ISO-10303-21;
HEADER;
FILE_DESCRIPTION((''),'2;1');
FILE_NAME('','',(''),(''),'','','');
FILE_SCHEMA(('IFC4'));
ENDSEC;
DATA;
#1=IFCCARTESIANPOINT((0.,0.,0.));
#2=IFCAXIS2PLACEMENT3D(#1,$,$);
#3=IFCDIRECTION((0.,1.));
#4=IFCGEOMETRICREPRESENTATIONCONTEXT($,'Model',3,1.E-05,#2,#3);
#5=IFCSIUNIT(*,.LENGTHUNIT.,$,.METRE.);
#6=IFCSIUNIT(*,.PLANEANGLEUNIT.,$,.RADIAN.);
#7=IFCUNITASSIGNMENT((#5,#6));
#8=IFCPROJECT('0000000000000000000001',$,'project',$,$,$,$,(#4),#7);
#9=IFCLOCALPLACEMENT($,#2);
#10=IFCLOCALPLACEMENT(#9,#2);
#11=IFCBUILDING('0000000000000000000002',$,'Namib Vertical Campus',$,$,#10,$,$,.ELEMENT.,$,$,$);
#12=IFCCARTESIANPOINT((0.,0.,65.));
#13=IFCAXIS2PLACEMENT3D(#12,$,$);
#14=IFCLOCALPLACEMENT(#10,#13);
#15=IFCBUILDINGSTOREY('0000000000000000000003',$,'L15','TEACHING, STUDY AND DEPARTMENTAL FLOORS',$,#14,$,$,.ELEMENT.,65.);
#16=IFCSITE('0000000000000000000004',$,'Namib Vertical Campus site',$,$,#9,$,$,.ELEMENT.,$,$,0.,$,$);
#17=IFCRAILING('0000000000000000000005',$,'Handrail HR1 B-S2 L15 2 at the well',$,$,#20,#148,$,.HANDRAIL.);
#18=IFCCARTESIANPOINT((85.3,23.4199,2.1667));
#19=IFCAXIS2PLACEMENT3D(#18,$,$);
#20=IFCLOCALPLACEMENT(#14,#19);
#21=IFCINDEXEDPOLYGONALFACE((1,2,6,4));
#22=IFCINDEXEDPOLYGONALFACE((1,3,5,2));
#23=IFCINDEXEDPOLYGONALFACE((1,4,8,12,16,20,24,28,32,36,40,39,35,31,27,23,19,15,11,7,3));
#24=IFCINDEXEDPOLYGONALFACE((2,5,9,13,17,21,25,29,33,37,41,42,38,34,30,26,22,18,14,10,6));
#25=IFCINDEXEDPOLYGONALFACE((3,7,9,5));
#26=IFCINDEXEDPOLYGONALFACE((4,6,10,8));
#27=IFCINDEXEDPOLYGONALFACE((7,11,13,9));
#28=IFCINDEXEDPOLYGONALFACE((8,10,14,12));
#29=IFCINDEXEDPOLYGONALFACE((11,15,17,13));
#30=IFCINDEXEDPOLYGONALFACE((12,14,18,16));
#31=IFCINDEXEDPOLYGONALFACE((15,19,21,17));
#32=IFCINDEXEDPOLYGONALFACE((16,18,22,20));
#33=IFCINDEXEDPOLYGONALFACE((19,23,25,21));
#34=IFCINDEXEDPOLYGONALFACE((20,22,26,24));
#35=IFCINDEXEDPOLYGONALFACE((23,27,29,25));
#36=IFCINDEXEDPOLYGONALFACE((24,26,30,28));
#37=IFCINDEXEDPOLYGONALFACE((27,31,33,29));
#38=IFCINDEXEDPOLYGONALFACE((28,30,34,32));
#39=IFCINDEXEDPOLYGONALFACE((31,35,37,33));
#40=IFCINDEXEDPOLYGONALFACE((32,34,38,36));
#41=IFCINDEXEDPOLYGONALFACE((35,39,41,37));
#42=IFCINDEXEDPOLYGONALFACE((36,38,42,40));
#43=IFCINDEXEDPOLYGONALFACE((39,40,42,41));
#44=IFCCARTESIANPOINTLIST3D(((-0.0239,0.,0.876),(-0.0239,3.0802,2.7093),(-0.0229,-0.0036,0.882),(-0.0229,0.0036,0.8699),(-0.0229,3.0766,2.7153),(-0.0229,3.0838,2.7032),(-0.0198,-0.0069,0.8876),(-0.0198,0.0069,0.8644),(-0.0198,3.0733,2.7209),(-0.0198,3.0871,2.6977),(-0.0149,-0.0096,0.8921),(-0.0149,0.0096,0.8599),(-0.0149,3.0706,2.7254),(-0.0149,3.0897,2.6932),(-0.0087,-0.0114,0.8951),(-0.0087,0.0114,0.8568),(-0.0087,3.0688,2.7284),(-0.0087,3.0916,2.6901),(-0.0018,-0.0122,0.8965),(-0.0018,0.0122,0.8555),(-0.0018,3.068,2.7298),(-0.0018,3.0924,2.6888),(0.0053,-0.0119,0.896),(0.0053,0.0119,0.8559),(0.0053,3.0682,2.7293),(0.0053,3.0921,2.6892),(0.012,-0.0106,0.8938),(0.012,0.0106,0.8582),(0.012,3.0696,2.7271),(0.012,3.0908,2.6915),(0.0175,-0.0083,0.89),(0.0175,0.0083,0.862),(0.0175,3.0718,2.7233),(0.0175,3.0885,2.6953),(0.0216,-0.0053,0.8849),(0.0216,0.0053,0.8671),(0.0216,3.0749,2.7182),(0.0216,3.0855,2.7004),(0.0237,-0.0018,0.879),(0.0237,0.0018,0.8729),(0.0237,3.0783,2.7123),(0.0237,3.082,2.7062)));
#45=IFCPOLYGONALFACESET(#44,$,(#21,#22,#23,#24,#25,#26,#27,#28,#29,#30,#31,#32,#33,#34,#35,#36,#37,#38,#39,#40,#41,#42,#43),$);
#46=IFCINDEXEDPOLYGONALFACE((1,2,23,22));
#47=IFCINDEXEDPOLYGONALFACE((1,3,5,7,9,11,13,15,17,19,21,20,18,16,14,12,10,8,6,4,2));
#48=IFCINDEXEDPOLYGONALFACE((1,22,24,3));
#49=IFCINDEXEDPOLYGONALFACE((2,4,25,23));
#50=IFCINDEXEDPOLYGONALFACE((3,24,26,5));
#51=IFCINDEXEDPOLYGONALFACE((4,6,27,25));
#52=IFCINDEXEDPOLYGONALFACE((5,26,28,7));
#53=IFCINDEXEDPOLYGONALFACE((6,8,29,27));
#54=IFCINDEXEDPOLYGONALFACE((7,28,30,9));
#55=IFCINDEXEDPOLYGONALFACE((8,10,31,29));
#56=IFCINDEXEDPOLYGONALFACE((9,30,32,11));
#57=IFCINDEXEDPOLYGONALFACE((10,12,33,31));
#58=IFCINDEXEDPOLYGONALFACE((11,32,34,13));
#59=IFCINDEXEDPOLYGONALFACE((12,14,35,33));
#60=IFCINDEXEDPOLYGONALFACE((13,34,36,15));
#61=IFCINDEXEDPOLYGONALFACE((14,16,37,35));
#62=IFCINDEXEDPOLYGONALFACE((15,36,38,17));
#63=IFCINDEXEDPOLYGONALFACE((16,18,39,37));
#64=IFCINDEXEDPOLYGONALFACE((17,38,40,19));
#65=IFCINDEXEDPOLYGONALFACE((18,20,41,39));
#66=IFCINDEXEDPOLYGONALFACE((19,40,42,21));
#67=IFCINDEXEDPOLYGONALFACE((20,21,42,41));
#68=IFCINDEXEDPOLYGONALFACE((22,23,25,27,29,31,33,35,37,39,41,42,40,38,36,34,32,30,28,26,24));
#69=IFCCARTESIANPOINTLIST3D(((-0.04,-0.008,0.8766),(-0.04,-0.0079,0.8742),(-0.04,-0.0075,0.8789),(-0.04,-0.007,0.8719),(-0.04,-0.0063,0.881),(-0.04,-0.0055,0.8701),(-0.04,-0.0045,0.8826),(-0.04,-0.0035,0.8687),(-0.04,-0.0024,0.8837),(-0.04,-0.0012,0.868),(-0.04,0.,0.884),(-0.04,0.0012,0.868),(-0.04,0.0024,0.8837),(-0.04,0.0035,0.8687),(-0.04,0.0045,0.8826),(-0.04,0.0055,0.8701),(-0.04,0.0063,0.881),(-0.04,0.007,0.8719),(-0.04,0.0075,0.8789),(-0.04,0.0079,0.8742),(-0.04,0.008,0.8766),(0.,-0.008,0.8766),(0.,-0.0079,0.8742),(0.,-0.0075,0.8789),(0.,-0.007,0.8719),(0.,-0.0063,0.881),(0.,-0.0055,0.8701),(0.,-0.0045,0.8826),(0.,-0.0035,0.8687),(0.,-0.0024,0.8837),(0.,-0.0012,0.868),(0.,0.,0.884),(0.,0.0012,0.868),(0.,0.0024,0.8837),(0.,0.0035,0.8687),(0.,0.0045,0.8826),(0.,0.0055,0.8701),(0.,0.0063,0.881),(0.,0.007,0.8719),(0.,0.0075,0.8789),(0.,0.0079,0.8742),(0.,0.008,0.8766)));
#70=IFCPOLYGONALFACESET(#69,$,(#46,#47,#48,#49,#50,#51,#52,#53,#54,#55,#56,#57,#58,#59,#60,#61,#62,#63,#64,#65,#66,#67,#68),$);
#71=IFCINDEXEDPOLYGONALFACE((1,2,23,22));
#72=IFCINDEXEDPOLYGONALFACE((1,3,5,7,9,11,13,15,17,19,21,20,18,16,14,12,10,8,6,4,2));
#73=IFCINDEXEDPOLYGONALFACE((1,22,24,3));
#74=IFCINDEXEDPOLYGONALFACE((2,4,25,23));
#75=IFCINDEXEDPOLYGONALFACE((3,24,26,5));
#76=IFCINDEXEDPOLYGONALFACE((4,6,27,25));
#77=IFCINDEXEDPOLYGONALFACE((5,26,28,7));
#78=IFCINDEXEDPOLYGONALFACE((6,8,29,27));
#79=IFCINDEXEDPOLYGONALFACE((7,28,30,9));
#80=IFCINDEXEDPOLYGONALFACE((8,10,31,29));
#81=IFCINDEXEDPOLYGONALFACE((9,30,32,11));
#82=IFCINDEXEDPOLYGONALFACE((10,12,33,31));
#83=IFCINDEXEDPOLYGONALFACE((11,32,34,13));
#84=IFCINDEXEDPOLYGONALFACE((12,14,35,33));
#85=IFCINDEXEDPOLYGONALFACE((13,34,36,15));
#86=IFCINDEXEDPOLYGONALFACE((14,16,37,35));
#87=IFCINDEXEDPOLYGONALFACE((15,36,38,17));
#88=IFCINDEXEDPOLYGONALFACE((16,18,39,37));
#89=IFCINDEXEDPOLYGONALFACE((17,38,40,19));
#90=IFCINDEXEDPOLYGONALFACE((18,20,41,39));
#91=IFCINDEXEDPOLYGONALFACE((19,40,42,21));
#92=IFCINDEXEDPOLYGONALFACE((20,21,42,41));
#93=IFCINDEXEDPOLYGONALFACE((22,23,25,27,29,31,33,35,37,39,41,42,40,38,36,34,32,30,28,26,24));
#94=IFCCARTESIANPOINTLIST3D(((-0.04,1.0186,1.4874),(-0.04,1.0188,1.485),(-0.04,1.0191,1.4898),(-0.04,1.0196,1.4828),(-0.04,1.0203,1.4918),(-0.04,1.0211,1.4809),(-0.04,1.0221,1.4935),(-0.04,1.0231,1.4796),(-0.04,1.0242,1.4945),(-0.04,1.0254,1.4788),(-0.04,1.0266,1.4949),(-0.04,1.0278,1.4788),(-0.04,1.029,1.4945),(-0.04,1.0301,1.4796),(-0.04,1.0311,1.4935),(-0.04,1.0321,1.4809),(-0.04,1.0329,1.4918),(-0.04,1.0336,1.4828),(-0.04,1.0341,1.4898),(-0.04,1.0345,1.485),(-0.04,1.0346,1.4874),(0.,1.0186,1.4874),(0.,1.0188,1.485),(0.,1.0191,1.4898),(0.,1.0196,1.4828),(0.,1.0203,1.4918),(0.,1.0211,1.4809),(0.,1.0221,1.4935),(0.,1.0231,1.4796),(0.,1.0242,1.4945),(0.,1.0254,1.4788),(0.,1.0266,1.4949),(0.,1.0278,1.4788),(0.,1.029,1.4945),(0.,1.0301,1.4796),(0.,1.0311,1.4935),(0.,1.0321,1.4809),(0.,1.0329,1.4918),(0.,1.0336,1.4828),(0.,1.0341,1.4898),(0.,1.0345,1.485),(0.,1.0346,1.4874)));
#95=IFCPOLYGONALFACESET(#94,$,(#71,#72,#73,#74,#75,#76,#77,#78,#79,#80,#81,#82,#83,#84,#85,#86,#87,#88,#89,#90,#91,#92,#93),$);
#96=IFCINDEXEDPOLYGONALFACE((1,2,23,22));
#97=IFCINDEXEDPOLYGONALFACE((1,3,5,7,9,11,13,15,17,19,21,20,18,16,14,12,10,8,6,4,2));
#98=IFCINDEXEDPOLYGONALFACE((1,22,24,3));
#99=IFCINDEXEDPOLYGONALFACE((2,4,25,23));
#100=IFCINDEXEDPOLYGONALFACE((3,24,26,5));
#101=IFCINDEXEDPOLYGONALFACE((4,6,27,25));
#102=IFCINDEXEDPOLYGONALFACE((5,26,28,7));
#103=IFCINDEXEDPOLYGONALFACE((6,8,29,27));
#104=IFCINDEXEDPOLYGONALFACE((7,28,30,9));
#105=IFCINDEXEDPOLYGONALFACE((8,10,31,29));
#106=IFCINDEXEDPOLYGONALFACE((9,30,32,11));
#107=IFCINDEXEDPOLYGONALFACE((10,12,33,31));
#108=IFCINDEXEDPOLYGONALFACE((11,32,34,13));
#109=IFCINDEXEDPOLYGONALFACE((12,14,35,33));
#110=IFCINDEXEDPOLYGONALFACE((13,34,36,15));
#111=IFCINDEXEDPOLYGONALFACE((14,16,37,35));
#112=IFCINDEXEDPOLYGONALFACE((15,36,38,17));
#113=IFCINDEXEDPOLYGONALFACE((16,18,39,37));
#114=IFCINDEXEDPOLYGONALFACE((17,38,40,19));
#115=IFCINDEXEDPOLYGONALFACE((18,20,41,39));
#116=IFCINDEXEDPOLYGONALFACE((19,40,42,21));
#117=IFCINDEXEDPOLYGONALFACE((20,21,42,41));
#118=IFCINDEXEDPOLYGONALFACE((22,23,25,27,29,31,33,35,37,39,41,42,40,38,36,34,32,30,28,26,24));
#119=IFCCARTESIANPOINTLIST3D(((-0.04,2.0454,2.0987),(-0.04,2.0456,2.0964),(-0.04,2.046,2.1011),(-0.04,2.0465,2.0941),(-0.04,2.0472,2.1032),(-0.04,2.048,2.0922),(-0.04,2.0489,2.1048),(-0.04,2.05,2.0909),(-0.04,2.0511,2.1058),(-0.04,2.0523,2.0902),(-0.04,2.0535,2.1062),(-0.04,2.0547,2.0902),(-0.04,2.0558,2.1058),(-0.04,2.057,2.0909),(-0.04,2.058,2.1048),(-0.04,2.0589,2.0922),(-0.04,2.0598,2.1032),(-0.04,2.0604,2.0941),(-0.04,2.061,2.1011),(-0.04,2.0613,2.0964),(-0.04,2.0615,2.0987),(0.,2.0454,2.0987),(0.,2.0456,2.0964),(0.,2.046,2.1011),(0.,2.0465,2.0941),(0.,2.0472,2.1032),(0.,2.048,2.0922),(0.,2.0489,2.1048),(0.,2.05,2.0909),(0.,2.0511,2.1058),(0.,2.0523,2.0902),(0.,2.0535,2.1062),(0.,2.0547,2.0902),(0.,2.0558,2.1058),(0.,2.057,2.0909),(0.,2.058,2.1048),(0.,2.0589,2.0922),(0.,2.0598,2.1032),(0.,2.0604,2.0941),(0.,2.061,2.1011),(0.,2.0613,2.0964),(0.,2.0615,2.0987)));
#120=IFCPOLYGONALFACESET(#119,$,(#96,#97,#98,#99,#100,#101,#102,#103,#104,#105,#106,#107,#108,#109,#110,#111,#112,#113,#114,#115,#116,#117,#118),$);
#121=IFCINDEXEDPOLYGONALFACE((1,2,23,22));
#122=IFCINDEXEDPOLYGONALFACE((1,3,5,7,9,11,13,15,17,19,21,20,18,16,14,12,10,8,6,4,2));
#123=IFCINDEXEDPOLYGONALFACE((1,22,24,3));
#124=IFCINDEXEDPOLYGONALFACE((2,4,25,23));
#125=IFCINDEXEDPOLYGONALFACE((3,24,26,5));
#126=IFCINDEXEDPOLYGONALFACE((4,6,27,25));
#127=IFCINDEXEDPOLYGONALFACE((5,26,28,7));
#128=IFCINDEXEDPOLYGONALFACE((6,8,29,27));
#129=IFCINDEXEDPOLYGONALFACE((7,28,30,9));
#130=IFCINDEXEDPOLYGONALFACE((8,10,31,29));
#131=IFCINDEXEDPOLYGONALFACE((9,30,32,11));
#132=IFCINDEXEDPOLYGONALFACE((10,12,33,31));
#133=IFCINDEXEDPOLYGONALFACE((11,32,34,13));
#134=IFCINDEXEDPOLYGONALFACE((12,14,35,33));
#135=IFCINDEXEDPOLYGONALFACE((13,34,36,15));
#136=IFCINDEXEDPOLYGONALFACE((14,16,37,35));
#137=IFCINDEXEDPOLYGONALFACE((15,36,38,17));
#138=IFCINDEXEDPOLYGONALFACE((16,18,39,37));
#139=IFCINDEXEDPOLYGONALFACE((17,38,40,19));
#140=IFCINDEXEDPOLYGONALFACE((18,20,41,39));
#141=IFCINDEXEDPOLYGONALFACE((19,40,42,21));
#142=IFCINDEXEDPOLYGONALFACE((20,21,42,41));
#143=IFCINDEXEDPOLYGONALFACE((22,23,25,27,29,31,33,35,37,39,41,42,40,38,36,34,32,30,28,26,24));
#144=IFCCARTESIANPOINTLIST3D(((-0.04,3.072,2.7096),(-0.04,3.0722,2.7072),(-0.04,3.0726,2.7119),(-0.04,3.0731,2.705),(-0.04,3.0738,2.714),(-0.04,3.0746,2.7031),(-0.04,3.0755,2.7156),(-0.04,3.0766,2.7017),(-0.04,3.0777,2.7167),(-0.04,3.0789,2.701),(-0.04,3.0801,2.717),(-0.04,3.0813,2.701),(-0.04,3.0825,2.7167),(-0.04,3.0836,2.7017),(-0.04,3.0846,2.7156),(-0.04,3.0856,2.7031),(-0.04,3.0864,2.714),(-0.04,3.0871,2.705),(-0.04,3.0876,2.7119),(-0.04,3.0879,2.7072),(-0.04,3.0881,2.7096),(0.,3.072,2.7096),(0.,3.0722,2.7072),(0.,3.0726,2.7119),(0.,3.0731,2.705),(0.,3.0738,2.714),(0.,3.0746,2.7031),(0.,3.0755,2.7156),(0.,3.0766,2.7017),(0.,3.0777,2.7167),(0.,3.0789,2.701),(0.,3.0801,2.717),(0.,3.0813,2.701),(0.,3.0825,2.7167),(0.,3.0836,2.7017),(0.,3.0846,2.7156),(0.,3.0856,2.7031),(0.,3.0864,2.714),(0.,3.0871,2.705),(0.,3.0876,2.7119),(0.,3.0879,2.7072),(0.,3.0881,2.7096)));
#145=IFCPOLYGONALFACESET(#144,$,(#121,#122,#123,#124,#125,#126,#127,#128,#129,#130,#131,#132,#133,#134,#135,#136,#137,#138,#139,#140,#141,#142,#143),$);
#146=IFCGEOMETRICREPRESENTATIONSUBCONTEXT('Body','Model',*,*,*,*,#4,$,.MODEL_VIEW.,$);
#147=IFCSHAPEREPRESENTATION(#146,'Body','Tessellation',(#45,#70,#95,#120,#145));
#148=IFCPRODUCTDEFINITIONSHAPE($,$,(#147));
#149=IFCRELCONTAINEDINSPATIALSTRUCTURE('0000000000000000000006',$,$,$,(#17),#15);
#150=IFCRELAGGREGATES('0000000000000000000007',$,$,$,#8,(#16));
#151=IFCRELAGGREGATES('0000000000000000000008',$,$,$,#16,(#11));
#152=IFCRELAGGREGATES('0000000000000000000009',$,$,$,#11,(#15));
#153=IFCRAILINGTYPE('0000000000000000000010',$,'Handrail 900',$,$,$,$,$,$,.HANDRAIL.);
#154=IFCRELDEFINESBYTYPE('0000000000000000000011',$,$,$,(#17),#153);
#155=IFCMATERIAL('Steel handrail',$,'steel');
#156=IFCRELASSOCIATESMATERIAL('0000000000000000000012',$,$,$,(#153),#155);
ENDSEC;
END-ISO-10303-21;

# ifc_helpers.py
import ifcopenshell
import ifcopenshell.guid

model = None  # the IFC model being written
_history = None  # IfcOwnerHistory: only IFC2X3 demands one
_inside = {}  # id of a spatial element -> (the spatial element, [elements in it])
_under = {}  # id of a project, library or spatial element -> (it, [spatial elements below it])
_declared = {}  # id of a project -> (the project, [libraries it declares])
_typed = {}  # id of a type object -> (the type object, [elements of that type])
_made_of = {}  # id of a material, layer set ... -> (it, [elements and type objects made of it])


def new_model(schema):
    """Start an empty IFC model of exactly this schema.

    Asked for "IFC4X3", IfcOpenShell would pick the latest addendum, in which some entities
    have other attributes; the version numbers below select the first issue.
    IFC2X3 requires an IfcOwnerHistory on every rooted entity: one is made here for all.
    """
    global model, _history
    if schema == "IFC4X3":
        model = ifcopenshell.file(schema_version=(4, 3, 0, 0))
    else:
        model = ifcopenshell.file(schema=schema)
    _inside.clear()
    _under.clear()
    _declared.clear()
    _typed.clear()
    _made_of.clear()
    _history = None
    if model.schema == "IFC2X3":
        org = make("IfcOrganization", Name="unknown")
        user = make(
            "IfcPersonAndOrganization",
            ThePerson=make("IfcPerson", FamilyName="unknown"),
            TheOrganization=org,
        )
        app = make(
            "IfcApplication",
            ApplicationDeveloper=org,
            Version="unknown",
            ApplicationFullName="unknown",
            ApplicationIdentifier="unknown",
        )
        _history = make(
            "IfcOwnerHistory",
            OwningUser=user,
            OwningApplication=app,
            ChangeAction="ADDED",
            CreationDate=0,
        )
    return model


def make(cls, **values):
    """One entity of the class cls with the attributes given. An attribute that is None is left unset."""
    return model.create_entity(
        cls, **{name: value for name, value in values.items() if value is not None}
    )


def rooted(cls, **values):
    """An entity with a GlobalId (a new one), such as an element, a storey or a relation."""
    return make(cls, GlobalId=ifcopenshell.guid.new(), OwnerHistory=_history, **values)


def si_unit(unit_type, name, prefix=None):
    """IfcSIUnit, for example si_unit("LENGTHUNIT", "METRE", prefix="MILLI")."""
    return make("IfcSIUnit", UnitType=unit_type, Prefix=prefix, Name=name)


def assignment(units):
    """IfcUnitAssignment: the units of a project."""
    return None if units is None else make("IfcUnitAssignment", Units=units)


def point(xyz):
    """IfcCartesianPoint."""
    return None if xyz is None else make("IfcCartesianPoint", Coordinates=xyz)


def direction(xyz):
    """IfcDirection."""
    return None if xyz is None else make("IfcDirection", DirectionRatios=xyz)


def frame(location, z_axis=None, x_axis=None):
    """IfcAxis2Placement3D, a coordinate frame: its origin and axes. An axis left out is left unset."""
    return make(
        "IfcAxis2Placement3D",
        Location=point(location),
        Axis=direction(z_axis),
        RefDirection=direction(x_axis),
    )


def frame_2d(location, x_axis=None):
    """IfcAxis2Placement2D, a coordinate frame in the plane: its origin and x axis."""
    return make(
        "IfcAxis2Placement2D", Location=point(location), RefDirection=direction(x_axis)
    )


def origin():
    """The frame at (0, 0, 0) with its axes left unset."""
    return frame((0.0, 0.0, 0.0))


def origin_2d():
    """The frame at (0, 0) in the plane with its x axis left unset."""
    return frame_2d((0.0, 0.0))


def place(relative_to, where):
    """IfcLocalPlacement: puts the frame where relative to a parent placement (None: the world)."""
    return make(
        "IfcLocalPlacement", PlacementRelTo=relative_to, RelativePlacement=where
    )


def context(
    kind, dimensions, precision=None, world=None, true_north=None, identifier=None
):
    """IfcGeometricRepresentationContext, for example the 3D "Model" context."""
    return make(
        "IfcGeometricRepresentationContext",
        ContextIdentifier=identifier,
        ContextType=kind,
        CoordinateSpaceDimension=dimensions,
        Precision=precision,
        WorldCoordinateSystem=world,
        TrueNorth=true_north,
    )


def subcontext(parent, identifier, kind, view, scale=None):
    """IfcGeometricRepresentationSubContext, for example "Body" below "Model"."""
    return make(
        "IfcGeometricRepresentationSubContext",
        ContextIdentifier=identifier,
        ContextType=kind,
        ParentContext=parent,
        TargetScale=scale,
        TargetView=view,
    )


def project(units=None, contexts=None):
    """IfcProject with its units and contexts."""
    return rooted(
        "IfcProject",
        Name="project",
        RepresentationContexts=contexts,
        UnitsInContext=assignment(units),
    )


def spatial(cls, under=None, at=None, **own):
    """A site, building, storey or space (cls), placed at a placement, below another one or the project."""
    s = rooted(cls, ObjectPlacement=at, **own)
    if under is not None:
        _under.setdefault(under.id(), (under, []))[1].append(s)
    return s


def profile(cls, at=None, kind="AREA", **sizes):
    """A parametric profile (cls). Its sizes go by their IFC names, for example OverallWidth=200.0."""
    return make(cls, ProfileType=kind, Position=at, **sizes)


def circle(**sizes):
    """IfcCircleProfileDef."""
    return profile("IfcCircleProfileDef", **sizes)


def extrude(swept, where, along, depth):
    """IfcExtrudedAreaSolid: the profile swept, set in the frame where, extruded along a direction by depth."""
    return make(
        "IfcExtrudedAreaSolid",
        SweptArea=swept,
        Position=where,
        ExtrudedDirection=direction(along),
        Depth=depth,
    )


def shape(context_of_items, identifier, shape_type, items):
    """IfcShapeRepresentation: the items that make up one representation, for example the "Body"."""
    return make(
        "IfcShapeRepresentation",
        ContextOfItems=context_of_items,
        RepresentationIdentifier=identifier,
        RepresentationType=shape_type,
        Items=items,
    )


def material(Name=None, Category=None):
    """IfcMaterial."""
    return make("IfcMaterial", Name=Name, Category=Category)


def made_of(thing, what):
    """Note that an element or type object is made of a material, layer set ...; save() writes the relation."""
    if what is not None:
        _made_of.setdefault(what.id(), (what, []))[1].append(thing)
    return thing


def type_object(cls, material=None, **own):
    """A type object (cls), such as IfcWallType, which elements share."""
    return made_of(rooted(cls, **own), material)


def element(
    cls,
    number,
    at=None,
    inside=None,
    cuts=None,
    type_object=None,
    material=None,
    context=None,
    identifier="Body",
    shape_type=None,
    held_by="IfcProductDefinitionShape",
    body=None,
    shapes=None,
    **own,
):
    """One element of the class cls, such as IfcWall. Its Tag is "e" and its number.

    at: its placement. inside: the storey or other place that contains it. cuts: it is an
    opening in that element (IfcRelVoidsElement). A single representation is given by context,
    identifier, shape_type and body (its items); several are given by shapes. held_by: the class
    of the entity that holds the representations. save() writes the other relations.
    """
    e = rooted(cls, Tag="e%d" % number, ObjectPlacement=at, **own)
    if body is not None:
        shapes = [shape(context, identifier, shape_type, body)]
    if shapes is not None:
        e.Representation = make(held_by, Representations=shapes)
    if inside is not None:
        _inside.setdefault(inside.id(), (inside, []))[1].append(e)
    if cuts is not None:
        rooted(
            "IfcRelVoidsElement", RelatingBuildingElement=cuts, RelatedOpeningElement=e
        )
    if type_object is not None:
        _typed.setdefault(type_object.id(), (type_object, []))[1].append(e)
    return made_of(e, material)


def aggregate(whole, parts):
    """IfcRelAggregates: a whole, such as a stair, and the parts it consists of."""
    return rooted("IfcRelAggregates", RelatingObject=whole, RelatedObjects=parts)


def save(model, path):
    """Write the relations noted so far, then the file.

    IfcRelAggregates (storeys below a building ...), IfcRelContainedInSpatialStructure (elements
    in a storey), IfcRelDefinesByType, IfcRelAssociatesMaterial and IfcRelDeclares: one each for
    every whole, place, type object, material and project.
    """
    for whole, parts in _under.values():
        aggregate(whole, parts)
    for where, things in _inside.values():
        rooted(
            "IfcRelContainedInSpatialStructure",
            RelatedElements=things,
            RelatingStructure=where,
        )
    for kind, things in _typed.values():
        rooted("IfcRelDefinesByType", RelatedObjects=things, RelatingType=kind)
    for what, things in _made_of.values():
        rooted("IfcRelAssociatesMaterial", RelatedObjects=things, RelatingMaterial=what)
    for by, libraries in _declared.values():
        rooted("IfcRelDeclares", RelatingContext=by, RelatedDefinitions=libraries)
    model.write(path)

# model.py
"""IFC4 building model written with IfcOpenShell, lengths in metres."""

from ifc_helpers import new_model, si_unit, direction, frame, origin, origin_2d, place, context, subcontext, project, spatial, circle, extrude, material, type_object, element, save


model = new_model("IFC4")

# Units and contexts
model_context = context("Model", 3, precision=1e-05, world=origin(), true_north=direction((0.0, 1.0)))
body_context = subcontext(model_context, "Body", "Model", "MODEL_VIEW")
ifc_project = project(units=[si_unit("LENGTHUNIT", "METRE"), si_unit("PLANEANGLEUNIT", "RADIAN")], contexts=[model_context])

# Site, building, storey
site_placement = place(None, origin())
site = spatial("IfcSite", under=ifc_project, at=site_placement, Name="Namib Vertical Campus site", CompositionType="ELEMENT", RefElevation=0.0)
building_placement = place(site_placement, origin())
building = spatial("IfcBuilding", under=site, at=building_placement, Name="Namib Vertical Campus", CompositionType="ELEMENT")
storey_placement = place(building_placement, frame((0.0, 0.0, 65.0)))
storey = spatial("IfcBuildingStorey", under=building, at=storey_placement, Name="L15", Description="TEACHING, STUDY AND DEPARTMENTAL FLOORS", CompositionType="ELEMENT", Elevation=65.0)

# Railing
ifc_material_1 = material(Name="Steel handrail", Category="steel")
railing_type_1 = type_object("IfcRailingType", Name="Handrail 900", PredefinedType="HANDRAIL", material=ifc_material_1)
railing_1_placement = place(storey_placement, frame((85.3, 23.4199, 2.1667)))
element("IfcRailing", 1, at=railing_1_placement, inside=storey, type_object=railing_type_1, Name="Handrail HR1 B-S2 L15 2 at the well", PredefinedType="HANDRAIL", context=body_context, shape_type="SweptSolid", body=[
    extrude(circle(Radius=0.0239, at=origin_2d()), frame((0.0, 0.0, 0.876), z_axis=(0.0, 0.859309, 0.511458), x_axis=(-1.0, 0.0, 0.0)), (0.0, 0.0, 1.0), 3.5845),
    extrude(circle(Radius=0.0081, at=origin_2d()), frame((0.0, 0.0, 0.876), z_axis=(-1.0, 0.0, 0.0), x_axis=(0.0, 0.0, 1.0)), (0.0, 0.0, 1.0), 0.04),
    extrude(circle(Radius=0.0081, at=origin_2d()), frame((0.0, 1.0266, 1.4868), z_axis=(-1.0, 0.0, 0.0), x_axis=(0.0, 0.0, 1.0)), (0.0, 0.0, 1.0), 0.04),
    extrude(circle(Radius=0.0081, at=origin_2d()), frame((0.0, 2.0535, 2.0981), z_axis=(-1.0, 0.0, 0.0), x_axis=(0.0, 0.0, 1.0)), (0.0, 0.0, 1.0), 0.04),
    extrude(circle(Radius=0.0081, at=origin_2d()), frame((0.0, 3.0801, 2.709), z_axis=(-1.0, 0.0, 0.0), x_axis=(0.0, 0.0, 1.0)), (0.0, 0.0, 1.0), 0.04),
])

save(model, "model.ifc")
